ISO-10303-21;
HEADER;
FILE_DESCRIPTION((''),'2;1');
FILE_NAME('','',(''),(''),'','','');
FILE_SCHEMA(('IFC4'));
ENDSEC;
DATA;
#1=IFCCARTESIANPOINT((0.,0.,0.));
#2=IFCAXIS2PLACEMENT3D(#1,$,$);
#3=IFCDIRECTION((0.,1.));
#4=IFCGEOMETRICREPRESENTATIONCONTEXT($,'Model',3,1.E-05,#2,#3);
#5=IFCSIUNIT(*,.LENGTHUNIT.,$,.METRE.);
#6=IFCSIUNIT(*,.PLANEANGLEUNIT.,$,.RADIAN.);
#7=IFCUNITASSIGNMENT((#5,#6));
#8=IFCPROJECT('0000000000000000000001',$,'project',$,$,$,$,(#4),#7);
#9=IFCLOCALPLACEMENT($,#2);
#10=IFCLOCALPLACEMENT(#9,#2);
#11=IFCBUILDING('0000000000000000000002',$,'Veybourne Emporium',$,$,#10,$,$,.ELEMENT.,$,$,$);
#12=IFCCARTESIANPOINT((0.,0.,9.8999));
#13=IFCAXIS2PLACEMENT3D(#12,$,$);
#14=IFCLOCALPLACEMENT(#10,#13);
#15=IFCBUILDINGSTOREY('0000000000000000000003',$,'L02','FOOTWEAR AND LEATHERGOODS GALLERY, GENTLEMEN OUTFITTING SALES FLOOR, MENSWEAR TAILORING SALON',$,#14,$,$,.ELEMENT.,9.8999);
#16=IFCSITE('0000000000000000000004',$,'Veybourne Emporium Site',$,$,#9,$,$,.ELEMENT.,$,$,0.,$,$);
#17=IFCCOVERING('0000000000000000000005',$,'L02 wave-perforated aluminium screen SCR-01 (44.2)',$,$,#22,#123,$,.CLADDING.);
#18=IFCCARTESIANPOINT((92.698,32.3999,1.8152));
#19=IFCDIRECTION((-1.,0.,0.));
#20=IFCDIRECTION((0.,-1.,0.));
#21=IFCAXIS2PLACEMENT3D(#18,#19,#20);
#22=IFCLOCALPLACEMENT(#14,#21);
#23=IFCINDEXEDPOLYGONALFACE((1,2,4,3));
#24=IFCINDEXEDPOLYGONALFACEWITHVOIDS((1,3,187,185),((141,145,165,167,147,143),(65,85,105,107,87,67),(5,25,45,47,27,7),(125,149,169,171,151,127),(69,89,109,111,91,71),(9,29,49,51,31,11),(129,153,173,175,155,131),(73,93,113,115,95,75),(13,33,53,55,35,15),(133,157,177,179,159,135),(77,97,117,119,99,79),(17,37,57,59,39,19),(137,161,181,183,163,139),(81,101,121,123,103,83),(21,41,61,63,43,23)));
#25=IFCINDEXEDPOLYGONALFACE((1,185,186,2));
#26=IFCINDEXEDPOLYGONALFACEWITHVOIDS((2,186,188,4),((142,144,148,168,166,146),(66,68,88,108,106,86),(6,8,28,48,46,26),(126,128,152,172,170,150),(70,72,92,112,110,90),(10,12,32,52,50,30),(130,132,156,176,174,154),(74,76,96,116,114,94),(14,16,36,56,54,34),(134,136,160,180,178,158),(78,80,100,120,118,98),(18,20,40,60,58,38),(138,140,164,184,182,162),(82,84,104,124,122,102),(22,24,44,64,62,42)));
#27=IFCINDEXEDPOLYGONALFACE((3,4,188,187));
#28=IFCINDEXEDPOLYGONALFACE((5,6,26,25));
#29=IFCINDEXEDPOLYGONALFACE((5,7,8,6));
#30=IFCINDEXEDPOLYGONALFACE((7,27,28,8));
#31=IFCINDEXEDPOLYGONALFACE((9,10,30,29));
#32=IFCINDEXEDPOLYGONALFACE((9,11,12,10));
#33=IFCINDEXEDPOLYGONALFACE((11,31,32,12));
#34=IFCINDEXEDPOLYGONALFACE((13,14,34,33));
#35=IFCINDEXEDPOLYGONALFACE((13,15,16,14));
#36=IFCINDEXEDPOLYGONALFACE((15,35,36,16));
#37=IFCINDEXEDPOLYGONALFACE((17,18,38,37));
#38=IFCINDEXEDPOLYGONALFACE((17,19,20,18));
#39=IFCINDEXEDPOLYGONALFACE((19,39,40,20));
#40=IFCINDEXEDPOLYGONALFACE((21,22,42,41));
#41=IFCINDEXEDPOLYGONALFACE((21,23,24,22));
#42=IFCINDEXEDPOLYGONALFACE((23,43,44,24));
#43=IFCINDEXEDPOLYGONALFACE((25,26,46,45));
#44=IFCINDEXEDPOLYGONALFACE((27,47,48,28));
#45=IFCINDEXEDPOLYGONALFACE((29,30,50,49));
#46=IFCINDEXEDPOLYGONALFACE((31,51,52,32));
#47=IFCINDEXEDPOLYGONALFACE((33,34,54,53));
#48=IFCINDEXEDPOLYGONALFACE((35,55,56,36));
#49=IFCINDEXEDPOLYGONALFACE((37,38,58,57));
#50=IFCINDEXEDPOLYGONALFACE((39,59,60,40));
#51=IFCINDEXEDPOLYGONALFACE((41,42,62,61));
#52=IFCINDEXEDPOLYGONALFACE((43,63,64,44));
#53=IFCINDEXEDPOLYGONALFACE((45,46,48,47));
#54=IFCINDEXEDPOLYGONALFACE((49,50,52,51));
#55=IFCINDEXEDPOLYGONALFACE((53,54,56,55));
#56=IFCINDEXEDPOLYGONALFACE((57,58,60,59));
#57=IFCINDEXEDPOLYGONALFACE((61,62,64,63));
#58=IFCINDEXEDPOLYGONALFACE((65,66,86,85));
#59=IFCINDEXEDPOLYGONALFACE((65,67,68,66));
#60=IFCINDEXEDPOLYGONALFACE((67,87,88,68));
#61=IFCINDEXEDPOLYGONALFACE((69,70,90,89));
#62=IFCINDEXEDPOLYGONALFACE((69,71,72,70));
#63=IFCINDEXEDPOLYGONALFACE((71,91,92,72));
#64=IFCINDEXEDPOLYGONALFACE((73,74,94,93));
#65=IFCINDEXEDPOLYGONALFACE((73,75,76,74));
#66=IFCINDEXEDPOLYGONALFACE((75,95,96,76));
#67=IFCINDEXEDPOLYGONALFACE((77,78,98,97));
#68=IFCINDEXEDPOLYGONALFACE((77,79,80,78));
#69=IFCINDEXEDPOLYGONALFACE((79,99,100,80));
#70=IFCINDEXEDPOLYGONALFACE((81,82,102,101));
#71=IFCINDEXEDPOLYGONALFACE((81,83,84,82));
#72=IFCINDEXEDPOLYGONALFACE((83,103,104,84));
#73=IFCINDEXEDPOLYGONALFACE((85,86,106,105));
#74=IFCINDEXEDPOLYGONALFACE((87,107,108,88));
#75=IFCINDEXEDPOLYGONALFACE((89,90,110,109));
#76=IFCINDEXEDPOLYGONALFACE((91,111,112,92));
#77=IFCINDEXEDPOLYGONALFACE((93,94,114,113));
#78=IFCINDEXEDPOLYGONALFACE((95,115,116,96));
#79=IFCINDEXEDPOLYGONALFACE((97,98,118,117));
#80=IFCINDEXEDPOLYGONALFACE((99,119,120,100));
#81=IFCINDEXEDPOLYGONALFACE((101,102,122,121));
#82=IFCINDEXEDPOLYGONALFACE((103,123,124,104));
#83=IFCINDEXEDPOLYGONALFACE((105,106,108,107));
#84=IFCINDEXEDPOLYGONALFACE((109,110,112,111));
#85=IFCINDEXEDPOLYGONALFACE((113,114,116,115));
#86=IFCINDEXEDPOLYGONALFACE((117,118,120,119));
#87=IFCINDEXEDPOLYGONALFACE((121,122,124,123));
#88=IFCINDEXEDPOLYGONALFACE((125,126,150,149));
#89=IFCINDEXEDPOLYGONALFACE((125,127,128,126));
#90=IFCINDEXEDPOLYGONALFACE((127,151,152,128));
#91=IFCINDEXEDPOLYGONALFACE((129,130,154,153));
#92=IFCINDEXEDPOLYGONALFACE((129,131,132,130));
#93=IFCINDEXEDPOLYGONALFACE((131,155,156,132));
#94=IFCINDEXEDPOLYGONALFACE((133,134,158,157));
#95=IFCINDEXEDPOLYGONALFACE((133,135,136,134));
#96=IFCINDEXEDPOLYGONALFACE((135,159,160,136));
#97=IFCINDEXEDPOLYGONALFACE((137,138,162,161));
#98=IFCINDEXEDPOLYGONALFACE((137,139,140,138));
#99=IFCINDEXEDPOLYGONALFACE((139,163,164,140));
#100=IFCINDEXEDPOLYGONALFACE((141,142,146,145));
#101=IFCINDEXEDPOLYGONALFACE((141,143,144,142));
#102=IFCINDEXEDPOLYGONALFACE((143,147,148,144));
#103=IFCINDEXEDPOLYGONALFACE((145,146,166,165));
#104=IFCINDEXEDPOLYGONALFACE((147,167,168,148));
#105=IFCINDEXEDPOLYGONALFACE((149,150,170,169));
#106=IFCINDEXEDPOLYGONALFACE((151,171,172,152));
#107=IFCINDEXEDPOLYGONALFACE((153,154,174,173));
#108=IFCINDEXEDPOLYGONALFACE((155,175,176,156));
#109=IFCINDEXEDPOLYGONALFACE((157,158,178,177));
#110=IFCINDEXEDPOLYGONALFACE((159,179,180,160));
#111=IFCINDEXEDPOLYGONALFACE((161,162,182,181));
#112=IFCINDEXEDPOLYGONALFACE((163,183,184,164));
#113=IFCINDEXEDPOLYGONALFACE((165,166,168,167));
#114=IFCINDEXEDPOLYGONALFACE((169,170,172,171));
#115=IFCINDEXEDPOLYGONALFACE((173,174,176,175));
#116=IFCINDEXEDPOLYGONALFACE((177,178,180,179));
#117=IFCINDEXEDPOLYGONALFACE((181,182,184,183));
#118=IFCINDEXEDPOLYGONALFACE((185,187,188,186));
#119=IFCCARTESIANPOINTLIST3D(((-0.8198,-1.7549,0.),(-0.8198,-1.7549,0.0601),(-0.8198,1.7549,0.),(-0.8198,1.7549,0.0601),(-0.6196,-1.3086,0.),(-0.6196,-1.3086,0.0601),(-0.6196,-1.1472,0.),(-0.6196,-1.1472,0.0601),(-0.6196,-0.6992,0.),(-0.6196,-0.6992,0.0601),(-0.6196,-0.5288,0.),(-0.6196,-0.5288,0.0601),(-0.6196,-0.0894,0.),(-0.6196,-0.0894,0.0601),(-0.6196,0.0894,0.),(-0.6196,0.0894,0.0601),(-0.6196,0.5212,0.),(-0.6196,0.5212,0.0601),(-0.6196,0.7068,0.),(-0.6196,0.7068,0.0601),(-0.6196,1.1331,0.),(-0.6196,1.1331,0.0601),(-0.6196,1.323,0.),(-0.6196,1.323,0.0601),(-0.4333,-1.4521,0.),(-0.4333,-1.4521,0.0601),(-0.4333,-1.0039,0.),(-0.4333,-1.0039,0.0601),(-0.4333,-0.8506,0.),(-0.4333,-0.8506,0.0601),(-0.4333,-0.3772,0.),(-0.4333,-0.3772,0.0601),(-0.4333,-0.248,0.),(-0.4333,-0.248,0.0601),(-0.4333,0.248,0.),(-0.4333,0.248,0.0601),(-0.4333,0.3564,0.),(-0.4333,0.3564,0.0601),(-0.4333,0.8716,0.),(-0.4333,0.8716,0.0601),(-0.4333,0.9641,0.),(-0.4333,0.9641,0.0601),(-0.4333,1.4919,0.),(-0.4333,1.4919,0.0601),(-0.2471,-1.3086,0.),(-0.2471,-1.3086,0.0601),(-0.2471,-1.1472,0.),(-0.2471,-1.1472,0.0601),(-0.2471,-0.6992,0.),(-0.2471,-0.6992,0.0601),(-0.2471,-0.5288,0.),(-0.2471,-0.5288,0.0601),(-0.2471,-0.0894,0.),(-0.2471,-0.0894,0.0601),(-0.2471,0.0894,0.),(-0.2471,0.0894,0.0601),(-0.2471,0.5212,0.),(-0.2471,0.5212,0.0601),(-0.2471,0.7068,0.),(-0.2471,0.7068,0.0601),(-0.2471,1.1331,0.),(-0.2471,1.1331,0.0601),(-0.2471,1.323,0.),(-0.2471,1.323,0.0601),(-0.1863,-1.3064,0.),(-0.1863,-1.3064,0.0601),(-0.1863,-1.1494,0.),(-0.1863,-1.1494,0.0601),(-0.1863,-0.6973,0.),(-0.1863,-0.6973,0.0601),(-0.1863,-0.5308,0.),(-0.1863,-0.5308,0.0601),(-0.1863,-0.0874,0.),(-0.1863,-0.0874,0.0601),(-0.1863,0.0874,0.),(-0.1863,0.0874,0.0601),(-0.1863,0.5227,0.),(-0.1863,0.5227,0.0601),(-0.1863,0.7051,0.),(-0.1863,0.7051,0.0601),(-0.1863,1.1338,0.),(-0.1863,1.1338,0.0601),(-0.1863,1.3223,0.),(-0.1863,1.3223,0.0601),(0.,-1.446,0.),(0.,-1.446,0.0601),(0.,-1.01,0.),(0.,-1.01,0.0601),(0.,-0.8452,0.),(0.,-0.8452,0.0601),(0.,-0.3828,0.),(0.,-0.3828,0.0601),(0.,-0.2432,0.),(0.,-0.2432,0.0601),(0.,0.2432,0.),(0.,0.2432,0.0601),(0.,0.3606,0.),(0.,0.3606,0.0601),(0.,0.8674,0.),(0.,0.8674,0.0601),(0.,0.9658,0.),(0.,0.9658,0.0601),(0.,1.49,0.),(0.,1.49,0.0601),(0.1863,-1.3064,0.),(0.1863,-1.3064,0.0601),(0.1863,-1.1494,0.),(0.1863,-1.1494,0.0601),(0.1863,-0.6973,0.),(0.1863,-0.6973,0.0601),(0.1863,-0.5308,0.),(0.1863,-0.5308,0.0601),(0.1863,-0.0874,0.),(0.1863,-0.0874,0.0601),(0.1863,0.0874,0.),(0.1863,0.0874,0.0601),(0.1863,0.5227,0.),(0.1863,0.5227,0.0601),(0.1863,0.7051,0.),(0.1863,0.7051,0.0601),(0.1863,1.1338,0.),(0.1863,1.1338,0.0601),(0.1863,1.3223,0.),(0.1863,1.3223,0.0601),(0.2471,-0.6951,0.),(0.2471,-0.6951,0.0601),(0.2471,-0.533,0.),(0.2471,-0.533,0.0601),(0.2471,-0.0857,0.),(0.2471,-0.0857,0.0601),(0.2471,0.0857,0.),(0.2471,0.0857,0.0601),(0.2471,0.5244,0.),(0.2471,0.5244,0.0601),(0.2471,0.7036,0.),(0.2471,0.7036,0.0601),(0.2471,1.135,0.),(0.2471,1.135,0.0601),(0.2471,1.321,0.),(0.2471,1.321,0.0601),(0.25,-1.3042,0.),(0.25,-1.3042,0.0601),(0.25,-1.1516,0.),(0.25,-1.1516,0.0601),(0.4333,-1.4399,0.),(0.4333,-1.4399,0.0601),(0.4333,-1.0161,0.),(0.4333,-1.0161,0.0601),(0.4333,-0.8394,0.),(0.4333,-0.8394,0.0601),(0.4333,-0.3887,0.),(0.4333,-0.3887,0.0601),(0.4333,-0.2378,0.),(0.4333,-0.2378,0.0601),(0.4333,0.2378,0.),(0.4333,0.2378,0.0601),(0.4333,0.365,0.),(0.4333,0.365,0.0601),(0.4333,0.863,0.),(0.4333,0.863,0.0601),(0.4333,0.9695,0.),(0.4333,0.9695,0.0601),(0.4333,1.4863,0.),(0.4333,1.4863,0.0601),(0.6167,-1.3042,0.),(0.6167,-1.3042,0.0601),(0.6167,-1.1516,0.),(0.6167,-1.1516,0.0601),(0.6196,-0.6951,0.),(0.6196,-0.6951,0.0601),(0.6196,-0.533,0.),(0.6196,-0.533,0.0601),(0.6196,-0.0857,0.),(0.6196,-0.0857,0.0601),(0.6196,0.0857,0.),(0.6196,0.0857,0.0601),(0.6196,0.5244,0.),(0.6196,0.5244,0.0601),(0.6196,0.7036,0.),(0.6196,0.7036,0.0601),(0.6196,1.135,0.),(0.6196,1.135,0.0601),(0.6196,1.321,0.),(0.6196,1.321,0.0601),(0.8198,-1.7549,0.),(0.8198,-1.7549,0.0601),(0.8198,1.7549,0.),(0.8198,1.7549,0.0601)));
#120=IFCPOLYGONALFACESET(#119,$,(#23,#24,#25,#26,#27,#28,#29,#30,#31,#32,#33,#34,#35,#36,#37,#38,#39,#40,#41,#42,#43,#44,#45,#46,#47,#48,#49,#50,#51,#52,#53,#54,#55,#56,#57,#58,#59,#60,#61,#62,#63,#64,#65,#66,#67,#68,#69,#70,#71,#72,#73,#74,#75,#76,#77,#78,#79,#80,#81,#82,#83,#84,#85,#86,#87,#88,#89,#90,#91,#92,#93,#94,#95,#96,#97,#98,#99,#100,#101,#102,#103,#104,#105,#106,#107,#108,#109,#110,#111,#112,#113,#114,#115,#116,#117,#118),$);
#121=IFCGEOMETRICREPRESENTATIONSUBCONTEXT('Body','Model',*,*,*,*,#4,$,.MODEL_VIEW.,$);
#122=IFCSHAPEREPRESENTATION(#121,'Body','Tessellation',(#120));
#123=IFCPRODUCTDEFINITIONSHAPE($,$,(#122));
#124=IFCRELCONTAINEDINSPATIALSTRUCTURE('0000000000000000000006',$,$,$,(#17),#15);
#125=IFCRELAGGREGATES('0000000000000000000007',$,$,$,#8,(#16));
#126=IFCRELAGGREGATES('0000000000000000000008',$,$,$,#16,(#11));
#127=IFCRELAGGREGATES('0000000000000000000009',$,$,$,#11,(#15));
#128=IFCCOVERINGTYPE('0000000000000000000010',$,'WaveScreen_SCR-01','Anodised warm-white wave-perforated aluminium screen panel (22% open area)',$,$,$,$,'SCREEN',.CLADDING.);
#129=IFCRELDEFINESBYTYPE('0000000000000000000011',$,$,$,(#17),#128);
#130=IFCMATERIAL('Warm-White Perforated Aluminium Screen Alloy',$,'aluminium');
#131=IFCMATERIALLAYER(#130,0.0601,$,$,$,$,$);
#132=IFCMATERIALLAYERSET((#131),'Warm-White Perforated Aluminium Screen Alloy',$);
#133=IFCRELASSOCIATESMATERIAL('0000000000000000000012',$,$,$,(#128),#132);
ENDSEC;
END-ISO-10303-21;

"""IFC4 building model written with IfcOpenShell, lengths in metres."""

from ifc_helpers import new_model, si_unit, direction, frame, origin, place, context, subcontext, project, spatial, polyline, outline, extrude, material, layer, layer_set, type_object, element, save


model = new_model("IFC4")

# Units and contexts
model_context = context("Model", 3, precision=1e-05, world=origin(), true_north=direction((0.0, 1.0)))
body_context = subcontext(model_context, "Body", "Model", "MODEL_VIEW")
ifc_project = project(units=[si_unit("LENGTHUNIT", "METRE"), si_unit("PLANEANGLEUNIT", "RADIAN")], contexts=[model_context])

# Site, building, storey
site_placement = place(None, origin())
site = spatial("IfcSite", under=ifc_project, at=site_placement, Name="Veybourne Emporium Site", CompositionType="ELEMENT", RefElevation=0.0)
building_placement = place(site_placement, origin())
building = spatial("IfcBuilding", under=site, at=building_placement, Name="Veybourne Emporium", CompositionType="ELEMENT")
storey_placement = place(building_placement, frame((0.0, 0.0, 9.8999)))
storey = spatial("IfcBuildingStorey", under=building, at=storey_placement, Name="L02", Description="FOOTWEAR AND LEATHERGOODS GALLERY, GENTLEMEN OUTFITTING SALES FLOOR, MENSWEAR TAILORING SALON", CompositionType="ELEMENT", Elevation=9.8999)

# Covering
ifc_material_1 = material(Name="Warm-White Perforated Aluminium Screen Alloy", Category="aluminium")
ifc_layer_1 = layer(ifc_material_1, 0.0601)
ifc_layer_set_1 = layer_set([ifc_layer_1], Name="Warm-White Perforated Aluminium Screen Alloy")
covering_type_1 = type_object("IfcCoveringType", Name="WaveScreen_SCR-01", Description="Anodised warm-white wave-perforated aluminium screen panel (22% open area)", ElementType="SCREEN", PredefinedType="CLADDING", material=ifc_layer_set_1)
covering_1_placement = place(storey_placement, frame((92.698, 32.3999, 1.8152), z_axis=(-1.0, 0.0, 0.0), x_axis=(0.0, -1.0, 0.0)))
element("IfcCovering", 1, at=covering_1_placement, inside=storey, type_object=covering_type_1, Name="L02 wave-perforated aluminium screen SCR-01 (44.2)", PredefinedType="CLADDING", context=body_context, shape_type="SweptSolid", body=[
    extrude(outline(polyline([(-0.8198, -1.7549), (0.8198, -1.7549), (0.8198, 1.7549), (-0.8198, 1.7549), (-0.8198, -1.7549)]), holes=[polyline([(-0.4333, -1.0039), (-0.2471, -1.1472), (-0.2471, -1.3086), (-0.4333, -1.4521), (-0.6196, -1.3086), (-0.6196, -1.1472), (-0.4333, -1.0039)]), polyline([(-0.4333, -0.3772), (-0.2471, -0.5288), (-0.2471, -0.6992), (-0.4333, -0.8506), (-0.6196, -0.6992), (-0.6196, -0.5288), (-0.4333, -0.3772)]), polyline([(-0.4333, 0.248), (-0.2471, 0.0894), (-0.2471, -0.0894), (-0.4333, -0.248), (-0.6196, -0.0894), (-0.6196, 0.0894), (-0.4333, 0.248)]), polyline([(-0.4333, 0.8716), (-0.2471, 0.7068), (-0.2471, 0.5212), (-0.4333, 0.3564), (-0.6196, 0.5212), (-0.6196, 0.7068), (-0.4333, 0.8716)]), polyline([(-0.4333, 1.4919), (-0.2471, 1.323), (-0.2471, 1.1331), (-0.4333, 0.9641), (-0.6196, 1.1331), (-0.6196, 1.323), (-0.4333, 1.4919)]), polyline([(0.0, -1.01), (0.1863, -1.1494), (0.1863, -1.3064), (0.0, -1.446), (-0.1863, -1.3064), (-0.1863, -1.1494), (0.0, -1.01)]), polyline([(0.0, -0.3828), (0.1863, -0.5308), (0.1863, -0.6973), (0.0, -0.8452), (-0.1863, -0.6973), (-0.1863, -0.5308), (0.0, -0.3828)]), polyline([(0.0, 0.2432), (0.1863, 0.0874), (0.1863, -0.0874), (0.0, -0.2432), (-0.1863, -0.0874), (-0.1863, 0.0874), (0.0, 0.2432)]), polyline([(0.0, 0.8674), (0.1863, 0.7051), (0.1863, 0.5227), (0.0, 0.3606), (-0.1863, 0.5227), (-0.1863, 0.7051), (0.0, 0.8674)]), polyline([(0.0, 1.49), (0.1863, 1.3223), (0.1863, 1.1338), (0.0, 0.9658), (-0.1863, 1.1338), (-0.1863, 1.3223), (0.0, 1.49)]), polyline([(0.4333, -1.0161), (0.6167, -1.1516), (0.6167, -1.3042), (0.4333, -1.4399), (0.25, -1.3042), (0.25, -1.1516), (0.4333, -1.0161)]), polyline([(0.4333, -0.3887), (0.6196, -0.533), (0.6196, -0.6951), (0.4333, -0.8394), (0.2471, -0.6951), (0.2471, -0.533), (0.4333, -0.3887)]), polyline([(0.4333, 0.2378), (0.6196, 0.0857), (0.6196, -0.0857), (0.4333, -0.2378), (0.2471, -0.0857), (0.2471, 0.0857), (0.4333, 0.2378)]), polyline([(0.4333, 0.863), (0.6196, 0.7036), (0.6196, 0.5244), (0.4333, 0.365), (0.2471, 0.5244), (0.2471, 0.7036), (0.4333, 0.863)]), polyline([(0.4333, 1.4863), (0.6196, 1.321), (0.6196, 1.135), (0.4333, 0.9695), (0.2471, 1.135), (0.2471, 1.321), (0.4333, 1.4863)])]), origin(), (0.0, 0.0, 1.0), 0.0601),
])

save(model, "model.ifc")
